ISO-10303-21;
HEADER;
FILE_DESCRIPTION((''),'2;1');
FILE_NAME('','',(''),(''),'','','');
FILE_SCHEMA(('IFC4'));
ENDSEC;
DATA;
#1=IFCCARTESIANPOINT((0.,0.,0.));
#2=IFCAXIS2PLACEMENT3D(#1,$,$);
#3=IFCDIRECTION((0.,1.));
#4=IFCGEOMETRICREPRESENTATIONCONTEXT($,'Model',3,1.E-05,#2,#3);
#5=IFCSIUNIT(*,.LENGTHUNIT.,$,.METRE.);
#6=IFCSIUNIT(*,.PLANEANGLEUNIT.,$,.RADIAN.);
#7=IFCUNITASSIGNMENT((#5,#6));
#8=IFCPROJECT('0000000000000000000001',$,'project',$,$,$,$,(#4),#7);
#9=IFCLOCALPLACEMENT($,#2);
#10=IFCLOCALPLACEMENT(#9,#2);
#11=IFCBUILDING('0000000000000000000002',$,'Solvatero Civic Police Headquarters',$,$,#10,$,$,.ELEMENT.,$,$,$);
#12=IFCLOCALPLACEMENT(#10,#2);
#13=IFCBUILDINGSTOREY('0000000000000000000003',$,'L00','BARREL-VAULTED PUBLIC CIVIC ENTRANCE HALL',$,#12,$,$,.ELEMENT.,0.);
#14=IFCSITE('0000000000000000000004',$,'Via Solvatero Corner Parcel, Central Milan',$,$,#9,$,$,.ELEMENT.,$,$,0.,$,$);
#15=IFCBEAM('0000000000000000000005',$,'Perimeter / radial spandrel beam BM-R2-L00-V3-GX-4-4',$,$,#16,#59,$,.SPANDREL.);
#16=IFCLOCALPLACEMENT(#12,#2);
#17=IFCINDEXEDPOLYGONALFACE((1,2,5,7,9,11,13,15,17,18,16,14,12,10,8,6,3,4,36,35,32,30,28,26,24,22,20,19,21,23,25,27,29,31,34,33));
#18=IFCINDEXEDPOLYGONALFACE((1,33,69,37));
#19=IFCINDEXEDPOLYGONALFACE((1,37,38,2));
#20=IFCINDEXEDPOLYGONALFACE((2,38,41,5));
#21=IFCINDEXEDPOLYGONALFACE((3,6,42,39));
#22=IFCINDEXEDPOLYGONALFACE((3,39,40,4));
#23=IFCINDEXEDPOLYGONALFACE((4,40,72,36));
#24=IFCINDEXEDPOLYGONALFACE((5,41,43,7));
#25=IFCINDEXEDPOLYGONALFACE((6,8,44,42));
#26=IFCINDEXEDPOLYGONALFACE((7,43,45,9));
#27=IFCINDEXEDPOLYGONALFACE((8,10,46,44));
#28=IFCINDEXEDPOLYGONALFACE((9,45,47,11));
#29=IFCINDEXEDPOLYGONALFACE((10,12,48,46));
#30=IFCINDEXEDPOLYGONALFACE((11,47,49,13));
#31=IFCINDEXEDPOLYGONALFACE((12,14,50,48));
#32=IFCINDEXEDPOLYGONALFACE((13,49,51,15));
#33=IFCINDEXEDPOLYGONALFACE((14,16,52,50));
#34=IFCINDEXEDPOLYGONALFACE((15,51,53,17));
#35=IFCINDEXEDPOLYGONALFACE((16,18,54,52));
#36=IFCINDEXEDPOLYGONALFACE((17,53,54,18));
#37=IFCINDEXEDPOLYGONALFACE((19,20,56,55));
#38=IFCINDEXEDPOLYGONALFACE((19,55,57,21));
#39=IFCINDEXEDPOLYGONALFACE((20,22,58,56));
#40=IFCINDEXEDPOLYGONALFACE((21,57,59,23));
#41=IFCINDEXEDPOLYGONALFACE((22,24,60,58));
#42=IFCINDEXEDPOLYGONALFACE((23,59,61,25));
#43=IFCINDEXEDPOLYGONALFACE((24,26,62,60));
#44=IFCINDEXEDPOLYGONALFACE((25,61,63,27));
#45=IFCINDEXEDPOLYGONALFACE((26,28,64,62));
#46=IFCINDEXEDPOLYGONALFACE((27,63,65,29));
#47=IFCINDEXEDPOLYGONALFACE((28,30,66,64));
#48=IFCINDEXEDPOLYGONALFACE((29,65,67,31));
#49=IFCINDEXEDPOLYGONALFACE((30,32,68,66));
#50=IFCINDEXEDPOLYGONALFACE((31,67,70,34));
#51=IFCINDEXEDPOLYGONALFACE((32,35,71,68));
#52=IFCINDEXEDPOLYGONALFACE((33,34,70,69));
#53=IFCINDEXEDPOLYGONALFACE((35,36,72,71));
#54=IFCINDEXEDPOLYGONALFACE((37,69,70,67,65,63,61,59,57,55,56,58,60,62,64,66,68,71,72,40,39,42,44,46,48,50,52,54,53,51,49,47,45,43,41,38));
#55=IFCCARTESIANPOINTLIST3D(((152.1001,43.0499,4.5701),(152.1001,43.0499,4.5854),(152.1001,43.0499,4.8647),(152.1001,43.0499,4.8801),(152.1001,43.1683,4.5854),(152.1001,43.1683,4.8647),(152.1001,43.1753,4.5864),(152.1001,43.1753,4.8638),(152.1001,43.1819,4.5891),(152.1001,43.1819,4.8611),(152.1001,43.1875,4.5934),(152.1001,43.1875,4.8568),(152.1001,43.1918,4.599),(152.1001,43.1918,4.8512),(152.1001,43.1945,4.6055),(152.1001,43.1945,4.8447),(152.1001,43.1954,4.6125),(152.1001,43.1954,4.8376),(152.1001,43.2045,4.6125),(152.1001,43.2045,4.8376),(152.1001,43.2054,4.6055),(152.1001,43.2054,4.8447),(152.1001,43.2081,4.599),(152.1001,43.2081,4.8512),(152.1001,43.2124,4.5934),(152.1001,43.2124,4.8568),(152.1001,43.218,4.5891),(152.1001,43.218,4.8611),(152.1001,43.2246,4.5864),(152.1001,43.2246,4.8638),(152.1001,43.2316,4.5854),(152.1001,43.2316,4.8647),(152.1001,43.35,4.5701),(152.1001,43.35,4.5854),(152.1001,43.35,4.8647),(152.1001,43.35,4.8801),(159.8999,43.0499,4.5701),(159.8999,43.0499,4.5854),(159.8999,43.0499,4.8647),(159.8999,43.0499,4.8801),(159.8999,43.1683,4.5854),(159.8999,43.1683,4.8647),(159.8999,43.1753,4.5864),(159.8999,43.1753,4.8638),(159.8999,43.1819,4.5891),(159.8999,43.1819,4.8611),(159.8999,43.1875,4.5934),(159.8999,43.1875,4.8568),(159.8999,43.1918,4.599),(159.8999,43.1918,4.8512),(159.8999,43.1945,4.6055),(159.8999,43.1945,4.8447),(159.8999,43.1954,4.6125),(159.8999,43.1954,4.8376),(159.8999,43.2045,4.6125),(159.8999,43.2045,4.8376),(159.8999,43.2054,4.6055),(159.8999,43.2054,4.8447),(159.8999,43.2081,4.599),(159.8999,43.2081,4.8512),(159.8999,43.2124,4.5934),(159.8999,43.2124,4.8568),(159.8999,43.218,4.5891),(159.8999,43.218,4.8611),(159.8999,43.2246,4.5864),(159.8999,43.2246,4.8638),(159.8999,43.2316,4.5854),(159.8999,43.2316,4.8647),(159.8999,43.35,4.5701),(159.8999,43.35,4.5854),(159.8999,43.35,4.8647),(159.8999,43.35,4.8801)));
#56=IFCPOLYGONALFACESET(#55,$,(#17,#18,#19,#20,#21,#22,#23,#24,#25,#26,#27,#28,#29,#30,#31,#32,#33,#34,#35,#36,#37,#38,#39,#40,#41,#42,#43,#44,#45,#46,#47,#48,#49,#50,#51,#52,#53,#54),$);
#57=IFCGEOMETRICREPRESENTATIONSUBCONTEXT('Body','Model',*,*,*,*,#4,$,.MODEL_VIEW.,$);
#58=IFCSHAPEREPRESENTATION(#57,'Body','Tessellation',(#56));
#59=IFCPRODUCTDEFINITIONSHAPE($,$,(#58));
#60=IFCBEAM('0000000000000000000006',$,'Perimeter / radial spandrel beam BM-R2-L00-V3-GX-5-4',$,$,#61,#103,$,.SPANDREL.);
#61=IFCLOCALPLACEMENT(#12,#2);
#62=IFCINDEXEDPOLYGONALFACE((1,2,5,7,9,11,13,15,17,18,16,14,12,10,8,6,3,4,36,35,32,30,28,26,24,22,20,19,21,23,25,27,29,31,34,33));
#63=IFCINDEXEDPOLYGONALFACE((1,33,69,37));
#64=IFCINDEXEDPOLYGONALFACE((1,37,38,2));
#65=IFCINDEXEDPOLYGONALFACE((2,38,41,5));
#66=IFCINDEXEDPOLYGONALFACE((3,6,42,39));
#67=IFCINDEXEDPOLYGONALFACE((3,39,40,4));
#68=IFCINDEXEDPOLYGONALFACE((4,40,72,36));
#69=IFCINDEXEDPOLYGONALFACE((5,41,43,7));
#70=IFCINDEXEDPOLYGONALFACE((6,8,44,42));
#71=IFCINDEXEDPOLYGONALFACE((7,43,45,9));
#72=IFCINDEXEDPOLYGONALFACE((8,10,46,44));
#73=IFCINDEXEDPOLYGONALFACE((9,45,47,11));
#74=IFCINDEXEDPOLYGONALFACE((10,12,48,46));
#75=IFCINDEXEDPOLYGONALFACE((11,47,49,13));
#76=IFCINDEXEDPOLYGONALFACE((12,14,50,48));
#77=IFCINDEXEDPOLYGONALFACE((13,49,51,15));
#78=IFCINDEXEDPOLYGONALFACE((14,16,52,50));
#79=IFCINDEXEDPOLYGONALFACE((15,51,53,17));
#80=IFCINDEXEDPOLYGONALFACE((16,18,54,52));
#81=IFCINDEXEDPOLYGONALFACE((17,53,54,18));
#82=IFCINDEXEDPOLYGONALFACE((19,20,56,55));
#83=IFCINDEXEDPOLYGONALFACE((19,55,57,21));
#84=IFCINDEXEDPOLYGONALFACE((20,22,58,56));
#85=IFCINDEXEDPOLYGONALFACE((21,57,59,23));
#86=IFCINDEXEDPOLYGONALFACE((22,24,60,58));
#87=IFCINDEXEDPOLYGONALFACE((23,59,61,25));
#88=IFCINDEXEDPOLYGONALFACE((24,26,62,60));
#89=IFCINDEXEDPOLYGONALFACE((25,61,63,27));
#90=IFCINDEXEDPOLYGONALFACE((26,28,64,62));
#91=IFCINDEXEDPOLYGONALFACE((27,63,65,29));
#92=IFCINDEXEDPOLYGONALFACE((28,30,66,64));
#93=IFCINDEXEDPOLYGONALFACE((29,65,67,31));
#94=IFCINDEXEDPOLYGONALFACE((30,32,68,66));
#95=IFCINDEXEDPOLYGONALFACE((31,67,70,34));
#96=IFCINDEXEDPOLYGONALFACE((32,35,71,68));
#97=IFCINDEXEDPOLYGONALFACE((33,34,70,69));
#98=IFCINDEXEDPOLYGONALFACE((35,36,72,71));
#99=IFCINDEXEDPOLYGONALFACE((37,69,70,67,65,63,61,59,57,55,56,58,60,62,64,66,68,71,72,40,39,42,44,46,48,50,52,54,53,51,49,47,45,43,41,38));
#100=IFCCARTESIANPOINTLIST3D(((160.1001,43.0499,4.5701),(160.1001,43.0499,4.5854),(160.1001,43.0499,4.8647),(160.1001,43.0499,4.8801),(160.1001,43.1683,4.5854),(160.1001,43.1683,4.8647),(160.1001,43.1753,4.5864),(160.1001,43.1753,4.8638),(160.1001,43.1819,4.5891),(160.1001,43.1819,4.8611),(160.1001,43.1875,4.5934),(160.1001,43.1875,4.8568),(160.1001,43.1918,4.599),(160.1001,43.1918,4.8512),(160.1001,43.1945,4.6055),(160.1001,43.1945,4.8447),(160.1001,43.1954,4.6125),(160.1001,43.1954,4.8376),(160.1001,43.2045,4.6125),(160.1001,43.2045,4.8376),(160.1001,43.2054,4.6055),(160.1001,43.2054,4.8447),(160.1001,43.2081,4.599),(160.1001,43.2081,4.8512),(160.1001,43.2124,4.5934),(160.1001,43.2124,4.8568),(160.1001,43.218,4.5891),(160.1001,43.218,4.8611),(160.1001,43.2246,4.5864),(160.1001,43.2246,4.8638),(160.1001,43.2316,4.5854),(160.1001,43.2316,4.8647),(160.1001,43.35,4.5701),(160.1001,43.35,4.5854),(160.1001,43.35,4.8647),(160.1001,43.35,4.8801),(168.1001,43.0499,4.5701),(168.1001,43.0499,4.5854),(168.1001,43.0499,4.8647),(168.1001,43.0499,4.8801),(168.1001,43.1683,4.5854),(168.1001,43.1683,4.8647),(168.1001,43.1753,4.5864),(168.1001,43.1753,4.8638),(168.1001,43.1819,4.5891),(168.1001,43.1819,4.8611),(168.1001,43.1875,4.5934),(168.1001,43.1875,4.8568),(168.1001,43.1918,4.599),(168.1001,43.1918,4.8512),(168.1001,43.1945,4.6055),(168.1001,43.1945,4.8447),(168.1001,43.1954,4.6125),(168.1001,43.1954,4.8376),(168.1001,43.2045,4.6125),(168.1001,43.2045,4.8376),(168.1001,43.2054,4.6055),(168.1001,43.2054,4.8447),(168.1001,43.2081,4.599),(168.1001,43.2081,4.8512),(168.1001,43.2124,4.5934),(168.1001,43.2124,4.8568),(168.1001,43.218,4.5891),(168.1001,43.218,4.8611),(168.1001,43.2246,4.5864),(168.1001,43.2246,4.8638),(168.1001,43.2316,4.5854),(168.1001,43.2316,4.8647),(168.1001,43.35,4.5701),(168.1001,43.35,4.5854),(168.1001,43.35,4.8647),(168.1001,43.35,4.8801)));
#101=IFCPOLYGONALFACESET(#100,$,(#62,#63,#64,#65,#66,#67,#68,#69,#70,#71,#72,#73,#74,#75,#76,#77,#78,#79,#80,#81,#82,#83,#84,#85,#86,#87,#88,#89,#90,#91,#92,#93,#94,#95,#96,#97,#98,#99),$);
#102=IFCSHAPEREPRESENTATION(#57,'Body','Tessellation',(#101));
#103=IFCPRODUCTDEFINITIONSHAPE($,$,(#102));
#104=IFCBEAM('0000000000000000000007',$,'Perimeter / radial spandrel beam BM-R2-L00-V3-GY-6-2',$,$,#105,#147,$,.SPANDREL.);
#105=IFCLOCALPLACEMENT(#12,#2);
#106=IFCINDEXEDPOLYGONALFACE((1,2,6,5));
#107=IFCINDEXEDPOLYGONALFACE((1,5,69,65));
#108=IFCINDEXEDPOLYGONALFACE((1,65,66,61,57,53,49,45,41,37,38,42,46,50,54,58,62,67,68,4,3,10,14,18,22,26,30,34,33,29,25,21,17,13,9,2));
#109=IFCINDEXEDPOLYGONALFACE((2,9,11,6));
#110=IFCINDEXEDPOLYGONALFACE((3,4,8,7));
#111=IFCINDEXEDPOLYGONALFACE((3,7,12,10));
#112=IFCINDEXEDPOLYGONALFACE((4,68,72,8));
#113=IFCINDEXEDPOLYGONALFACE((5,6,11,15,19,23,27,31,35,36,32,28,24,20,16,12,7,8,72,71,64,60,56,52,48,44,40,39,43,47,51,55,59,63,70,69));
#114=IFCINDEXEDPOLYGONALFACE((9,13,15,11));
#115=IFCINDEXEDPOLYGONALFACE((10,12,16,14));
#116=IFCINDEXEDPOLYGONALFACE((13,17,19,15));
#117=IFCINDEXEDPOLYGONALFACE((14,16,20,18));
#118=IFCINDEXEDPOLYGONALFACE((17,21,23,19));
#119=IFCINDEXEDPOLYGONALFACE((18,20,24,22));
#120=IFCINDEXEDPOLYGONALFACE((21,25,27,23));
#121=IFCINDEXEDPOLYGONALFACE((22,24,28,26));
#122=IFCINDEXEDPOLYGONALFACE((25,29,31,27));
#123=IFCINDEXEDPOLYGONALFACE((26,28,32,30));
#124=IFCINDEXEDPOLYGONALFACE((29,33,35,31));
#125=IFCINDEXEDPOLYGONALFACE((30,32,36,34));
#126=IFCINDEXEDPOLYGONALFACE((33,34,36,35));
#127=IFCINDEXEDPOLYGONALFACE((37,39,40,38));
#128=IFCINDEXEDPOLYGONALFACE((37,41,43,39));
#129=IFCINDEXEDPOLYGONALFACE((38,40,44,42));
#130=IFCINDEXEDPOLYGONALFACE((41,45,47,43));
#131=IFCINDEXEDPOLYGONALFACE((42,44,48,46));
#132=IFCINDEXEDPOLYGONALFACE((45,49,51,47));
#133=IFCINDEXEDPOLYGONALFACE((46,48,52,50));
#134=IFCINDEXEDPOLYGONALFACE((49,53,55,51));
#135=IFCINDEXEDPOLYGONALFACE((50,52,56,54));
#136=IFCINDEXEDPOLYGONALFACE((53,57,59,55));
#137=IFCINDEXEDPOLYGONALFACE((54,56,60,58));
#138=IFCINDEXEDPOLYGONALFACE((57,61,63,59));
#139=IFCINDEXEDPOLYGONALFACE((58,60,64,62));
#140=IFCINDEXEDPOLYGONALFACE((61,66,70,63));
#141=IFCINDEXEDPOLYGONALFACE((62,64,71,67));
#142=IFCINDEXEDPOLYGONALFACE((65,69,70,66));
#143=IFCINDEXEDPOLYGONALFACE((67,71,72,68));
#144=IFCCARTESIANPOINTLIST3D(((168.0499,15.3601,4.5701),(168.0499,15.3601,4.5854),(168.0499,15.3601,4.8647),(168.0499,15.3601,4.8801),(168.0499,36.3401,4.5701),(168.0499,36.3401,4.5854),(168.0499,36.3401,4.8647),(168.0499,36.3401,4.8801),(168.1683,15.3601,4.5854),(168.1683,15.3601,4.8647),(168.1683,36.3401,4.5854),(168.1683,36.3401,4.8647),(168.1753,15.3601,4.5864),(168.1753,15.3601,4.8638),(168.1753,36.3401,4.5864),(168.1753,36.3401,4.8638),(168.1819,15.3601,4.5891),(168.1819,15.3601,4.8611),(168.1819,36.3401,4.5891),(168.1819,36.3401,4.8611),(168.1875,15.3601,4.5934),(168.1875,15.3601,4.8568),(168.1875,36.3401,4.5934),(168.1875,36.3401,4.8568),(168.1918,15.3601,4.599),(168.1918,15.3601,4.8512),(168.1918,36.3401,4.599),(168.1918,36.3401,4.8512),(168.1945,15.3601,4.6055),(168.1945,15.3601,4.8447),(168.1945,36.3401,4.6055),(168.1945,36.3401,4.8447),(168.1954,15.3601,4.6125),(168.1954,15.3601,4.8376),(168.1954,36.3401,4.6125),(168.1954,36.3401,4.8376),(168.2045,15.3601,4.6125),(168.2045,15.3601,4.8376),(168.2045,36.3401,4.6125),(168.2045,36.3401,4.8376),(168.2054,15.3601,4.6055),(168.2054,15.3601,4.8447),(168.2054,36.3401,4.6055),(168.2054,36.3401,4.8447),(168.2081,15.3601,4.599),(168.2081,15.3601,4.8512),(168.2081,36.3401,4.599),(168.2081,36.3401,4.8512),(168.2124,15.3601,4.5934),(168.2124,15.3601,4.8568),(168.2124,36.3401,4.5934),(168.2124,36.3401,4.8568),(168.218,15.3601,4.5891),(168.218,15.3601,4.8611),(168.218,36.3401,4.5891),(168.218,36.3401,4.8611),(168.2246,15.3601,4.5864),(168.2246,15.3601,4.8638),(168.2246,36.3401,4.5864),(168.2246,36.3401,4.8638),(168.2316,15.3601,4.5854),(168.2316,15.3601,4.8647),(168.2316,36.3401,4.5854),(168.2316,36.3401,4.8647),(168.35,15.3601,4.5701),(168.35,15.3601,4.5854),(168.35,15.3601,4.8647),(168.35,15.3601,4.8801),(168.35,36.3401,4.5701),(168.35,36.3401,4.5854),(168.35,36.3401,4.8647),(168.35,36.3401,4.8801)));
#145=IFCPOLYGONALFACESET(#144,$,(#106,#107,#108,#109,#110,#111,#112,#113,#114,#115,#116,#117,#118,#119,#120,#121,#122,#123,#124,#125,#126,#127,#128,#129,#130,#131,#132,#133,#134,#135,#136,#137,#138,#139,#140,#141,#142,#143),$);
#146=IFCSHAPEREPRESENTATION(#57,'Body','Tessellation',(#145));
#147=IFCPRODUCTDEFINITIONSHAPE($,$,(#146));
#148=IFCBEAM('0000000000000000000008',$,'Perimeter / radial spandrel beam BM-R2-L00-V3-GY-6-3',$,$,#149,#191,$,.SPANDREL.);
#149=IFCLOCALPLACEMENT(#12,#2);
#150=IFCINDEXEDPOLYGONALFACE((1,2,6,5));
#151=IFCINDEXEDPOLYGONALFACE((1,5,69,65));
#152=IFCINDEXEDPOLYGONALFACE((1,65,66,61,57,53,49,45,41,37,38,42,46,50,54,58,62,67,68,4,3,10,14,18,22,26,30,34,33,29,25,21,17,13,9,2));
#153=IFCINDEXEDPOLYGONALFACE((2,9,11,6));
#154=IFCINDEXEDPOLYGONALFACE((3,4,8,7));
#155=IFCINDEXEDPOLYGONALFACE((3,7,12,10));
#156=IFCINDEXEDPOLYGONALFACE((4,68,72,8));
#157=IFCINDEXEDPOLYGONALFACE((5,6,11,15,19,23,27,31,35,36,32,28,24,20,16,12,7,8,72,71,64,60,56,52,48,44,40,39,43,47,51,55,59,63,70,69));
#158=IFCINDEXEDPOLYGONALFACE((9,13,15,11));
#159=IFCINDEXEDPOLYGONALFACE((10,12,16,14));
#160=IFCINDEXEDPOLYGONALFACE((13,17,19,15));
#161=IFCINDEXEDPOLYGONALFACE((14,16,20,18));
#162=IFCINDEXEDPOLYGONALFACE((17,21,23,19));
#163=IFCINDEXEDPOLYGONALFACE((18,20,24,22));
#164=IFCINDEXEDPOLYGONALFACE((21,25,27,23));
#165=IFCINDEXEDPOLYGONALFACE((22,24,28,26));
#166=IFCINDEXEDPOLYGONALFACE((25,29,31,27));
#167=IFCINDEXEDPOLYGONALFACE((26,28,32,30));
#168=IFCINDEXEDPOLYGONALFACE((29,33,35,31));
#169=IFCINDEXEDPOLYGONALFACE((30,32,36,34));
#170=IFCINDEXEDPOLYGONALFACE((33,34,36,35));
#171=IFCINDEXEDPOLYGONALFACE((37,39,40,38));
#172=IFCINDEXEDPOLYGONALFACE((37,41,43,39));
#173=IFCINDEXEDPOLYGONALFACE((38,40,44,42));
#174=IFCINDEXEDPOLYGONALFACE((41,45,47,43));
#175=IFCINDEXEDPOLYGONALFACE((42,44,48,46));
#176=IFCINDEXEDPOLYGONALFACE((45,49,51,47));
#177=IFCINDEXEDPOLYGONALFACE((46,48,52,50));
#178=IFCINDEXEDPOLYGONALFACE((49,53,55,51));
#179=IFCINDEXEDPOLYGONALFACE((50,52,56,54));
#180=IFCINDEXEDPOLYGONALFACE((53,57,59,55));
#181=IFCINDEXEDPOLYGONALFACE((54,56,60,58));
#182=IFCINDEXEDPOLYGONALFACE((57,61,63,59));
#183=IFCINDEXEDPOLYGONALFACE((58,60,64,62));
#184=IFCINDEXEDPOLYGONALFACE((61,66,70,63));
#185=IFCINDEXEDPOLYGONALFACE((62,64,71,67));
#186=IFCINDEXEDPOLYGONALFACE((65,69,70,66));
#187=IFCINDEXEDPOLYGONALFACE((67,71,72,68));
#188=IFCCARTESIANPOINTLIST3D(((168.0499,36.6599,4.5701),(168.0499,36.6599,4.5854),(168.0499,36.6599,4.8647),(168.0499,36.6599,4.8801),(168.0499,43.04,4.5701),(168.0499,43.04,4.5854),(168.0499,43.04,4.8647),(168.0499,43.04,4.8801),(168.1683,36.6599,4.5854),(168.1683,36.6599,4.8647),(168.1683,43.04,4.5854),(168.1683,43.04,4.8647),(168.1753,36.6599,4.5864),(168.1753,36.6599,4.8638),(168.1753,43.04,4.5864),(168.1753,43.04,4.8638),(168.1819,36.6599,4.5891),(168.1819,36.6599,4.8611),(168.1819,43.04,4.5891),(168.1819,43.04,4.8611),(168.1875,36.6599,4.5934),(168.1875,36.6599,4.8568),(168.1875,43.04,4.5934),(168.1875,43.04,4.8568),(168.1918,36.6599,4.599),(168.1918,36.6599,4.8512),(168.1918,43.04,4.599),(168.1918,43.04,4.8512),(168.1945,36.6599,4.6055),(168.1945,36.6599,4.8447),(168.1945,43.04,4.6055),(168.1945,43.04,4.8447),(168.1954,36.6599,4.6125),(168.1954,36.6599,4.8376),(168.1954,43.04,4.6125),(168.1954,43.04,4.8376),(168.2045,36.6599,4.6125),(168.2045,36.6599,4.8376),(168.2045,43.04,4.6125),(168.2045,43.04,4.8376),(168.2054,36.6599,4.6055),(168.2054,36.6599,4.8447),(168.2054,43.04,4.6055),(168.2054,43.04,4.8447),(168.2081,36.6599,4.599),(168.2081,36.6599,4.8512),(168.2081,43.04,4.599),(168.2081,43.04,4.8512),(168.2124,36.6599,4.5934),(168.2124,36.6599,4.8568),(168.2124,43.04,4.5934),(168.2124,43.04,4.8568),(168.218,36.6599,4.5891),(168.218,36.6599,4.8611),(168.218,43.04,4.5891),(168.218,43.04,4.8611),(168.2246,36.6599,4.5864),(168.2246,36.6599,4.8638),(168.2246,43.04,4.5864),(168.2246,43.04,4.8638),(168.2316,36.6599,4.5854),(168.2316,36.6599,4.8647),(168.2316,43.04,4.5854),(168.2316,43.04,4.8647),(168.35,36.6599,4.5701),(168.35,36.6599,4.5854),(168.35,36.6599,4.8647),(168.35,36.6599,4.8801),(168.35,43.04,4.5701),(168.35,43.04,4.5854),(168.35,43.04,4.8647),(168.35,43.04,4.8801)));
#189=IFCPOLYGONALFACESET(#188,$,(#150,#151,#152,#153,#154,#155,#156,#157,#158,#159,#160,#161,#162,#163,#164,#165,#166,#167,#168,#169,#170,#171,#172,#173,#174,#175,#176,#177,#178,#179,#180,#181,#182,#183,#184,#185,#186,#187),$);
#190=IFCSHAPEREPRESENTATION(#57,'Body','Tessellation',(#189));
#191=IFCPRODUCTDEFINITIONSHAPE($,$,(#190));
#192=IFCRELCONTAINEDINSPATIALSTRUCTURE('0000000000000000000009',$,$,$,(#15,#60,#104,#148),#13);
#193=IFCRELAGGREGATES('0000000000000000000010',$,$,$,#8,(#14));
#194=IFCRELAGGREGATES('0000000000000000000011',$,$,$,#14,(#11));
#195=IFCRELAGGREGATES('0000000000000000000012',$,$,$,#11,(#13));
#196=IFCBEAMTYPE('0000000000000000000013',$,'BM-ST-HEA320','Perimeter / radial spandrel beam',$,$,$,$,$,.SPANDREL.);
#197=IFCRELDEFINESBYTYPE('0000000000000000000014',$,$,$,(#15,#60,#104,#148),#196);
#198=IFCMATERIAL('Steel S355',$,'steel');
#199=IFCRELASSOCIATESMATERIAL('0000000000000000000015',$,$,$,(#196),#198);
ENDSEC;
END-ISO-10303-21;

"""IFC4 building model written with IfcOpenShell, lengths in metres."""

from ifc_helpers import new_model, si_unit, direction, frame, origin, origin_2d, place, context, subcontext, project, spatial, i_section, extrude, material, material_profile, profile_set, type_object, element, save


model = new_model("IFC4")

# Units and contexts
model_context = context("Model", 3, precision=1e-05, world=origin(), true_north=direction((0.0, 1.0)))
body_context = subcontext(model_context, "Body", "Model", "MODEL_VIEW")
ifc_project = project(units=[si_unit("LENGTHUNIT", "METRE"), si_unit("PLANEANGLEUNIT", "RADIAN")], contexts=[model_context])

# Site, building, storey
site_placement = place(None, origin())
site = spatial("IfcSite", under=ifc_project, at=site_placement, Name="Via Solvatero Corner Parcel, Central Milan", CompositionType="ELEMENT", RefElevation=0.0)
building_placement = place(site_placement, origin())
building = spatial("IfcBuilding", under=site, at=building_placement, Name="Solvatero Civic Police Headquarters", CompositionType="ELEMENT")
storey_placement = place(building_placement, origin())
storey = spatial("IfcBuildingStorey", under=building, at=storey_placement, Name="L00", Description="BARREL-VAULTED PUBLIC CIVIC ENTRANCE HALL", CompositionType="ELEMENT", Elevation=0.0)

# Beams
ifc_material_1 = material(Name="Steel S355", Category="steel")
ifc_material_profile_1 = material_profile(ifc_material_1, i_section(OverallWidth=0.3, OverallDepth=0.3101, WebThickness=0.009, FlangeThickness=0.0154, FilletRadius=0.0271, at=origin_2d()), Name="HEA 320")
ifc_profile_set_1 = profile_set([ifc_material_profile_1], Name="Steel S355")
beam_type_1 = type_object("IfcBeamType", Name="BM-ST-HEA320", Description="Perimeter / radial spandrel beam", PredefinedType="SPANDREL", material=ifc_profile_set_1)
beam_1_placement = place(storey_placement, frame((152.1001, 43.2, 4.7251), z_axis=(1.0, 0.0, 0.0), x_axis=(0.0, 1.0, 0.0)))
element("IfcBeam", 1, at=beam_1_placement, inside=storey, type_object=beam_type_1, Name="Perimeter / radial spandrel beam BM-R2-L00-V3-GX-4-4", PredefinedType="SPANDREL", context=body_context, shape_type="SweptSolid", body=[
    extrude(i_section(OverallWidth=0.3, OverallDepth=0.3101, WebThickness=0.009, FlangeThickness=0.0154, FilletRadius=0.0271, at=origin_2d()), origin(), (0.0, 0.0, 1.0), 7.7998),
])
beam_2_placement = place(storey_placement, frame((160.1001, 43.2, 4.7251), z_axis=(1.0, 0.0, 0.0), x_axis=(0.0, 1.0, 0.0)))
element("IfcBeam", 2, at=beam_2_placement, inside=storey, type_object=beam_type_1, Name="Perimeter / radial spandrel beam BM-R2-L00-V3-GX-5-4", PredefinedType="SPANDREL", context=body_context, shape_type="SweptSolid", body=[
    extrude(i_section(OverallWidth=0.3, OverallDepth=0.3101, WebThickness=0.009, FlangeThickness=0.0154, FilletRadius=0.0271, at=origin_2d()), origin(), (0.0, 0.0, 1.0), 8.0),
])
beam_3_placement = place(storey_placement, frame((168.2, 15.3601, 4.7251), z_axis=(0.0, 1.0, 0.0), x_axis=(-1.0, 0.0, 0.0)))
element("IfcBeam", 3, at=beam_3_placement, inside=storey, type_object=beam_type_1, Name="Perimeter / radial spandrel beam BM-R2-L00-V3-GY-6-2", PredefinedType="SPANDREL", context=body_context, shape_type="SweptSolid", body=[
    extrude(i_section(OverallWidth=0.3, OverallDepth=0.3101, WebThickness=0.009, FlangeThickness=0.0154, FilletRadius=0.0271, at=origin_2d()), origin(), (0.0, 0.0, 1.0), 20.98),
])
beam_4_placement = place(storey_placement, frame((168.2, 36.6599, 4.7251), z_axis=(0.0, 1.0, 0.0), x_axis=(-1.0, 0.0, 0.0)))
element("IfcBeam", 4, at=beam_4_placement, inside=storey, type_object=beam_type_1, Name="Perimeter / radial spandrel beam BM-R2-L00-V3-GY-6-3", PredefinedType="SPANDREL", context=body_context, shape_type="SweptSolid", body=[
    extrude(i_section(OverallWidth=0.3, OverallDepth=0.3101, WebThickness=0.009, FlangeThickness=0.0154, FilletRadius=0.0271, at=origin_2d()), origin(), (0.0, 0.0, 1.0), 6.3801),
])

save(model, "model.ifc")
